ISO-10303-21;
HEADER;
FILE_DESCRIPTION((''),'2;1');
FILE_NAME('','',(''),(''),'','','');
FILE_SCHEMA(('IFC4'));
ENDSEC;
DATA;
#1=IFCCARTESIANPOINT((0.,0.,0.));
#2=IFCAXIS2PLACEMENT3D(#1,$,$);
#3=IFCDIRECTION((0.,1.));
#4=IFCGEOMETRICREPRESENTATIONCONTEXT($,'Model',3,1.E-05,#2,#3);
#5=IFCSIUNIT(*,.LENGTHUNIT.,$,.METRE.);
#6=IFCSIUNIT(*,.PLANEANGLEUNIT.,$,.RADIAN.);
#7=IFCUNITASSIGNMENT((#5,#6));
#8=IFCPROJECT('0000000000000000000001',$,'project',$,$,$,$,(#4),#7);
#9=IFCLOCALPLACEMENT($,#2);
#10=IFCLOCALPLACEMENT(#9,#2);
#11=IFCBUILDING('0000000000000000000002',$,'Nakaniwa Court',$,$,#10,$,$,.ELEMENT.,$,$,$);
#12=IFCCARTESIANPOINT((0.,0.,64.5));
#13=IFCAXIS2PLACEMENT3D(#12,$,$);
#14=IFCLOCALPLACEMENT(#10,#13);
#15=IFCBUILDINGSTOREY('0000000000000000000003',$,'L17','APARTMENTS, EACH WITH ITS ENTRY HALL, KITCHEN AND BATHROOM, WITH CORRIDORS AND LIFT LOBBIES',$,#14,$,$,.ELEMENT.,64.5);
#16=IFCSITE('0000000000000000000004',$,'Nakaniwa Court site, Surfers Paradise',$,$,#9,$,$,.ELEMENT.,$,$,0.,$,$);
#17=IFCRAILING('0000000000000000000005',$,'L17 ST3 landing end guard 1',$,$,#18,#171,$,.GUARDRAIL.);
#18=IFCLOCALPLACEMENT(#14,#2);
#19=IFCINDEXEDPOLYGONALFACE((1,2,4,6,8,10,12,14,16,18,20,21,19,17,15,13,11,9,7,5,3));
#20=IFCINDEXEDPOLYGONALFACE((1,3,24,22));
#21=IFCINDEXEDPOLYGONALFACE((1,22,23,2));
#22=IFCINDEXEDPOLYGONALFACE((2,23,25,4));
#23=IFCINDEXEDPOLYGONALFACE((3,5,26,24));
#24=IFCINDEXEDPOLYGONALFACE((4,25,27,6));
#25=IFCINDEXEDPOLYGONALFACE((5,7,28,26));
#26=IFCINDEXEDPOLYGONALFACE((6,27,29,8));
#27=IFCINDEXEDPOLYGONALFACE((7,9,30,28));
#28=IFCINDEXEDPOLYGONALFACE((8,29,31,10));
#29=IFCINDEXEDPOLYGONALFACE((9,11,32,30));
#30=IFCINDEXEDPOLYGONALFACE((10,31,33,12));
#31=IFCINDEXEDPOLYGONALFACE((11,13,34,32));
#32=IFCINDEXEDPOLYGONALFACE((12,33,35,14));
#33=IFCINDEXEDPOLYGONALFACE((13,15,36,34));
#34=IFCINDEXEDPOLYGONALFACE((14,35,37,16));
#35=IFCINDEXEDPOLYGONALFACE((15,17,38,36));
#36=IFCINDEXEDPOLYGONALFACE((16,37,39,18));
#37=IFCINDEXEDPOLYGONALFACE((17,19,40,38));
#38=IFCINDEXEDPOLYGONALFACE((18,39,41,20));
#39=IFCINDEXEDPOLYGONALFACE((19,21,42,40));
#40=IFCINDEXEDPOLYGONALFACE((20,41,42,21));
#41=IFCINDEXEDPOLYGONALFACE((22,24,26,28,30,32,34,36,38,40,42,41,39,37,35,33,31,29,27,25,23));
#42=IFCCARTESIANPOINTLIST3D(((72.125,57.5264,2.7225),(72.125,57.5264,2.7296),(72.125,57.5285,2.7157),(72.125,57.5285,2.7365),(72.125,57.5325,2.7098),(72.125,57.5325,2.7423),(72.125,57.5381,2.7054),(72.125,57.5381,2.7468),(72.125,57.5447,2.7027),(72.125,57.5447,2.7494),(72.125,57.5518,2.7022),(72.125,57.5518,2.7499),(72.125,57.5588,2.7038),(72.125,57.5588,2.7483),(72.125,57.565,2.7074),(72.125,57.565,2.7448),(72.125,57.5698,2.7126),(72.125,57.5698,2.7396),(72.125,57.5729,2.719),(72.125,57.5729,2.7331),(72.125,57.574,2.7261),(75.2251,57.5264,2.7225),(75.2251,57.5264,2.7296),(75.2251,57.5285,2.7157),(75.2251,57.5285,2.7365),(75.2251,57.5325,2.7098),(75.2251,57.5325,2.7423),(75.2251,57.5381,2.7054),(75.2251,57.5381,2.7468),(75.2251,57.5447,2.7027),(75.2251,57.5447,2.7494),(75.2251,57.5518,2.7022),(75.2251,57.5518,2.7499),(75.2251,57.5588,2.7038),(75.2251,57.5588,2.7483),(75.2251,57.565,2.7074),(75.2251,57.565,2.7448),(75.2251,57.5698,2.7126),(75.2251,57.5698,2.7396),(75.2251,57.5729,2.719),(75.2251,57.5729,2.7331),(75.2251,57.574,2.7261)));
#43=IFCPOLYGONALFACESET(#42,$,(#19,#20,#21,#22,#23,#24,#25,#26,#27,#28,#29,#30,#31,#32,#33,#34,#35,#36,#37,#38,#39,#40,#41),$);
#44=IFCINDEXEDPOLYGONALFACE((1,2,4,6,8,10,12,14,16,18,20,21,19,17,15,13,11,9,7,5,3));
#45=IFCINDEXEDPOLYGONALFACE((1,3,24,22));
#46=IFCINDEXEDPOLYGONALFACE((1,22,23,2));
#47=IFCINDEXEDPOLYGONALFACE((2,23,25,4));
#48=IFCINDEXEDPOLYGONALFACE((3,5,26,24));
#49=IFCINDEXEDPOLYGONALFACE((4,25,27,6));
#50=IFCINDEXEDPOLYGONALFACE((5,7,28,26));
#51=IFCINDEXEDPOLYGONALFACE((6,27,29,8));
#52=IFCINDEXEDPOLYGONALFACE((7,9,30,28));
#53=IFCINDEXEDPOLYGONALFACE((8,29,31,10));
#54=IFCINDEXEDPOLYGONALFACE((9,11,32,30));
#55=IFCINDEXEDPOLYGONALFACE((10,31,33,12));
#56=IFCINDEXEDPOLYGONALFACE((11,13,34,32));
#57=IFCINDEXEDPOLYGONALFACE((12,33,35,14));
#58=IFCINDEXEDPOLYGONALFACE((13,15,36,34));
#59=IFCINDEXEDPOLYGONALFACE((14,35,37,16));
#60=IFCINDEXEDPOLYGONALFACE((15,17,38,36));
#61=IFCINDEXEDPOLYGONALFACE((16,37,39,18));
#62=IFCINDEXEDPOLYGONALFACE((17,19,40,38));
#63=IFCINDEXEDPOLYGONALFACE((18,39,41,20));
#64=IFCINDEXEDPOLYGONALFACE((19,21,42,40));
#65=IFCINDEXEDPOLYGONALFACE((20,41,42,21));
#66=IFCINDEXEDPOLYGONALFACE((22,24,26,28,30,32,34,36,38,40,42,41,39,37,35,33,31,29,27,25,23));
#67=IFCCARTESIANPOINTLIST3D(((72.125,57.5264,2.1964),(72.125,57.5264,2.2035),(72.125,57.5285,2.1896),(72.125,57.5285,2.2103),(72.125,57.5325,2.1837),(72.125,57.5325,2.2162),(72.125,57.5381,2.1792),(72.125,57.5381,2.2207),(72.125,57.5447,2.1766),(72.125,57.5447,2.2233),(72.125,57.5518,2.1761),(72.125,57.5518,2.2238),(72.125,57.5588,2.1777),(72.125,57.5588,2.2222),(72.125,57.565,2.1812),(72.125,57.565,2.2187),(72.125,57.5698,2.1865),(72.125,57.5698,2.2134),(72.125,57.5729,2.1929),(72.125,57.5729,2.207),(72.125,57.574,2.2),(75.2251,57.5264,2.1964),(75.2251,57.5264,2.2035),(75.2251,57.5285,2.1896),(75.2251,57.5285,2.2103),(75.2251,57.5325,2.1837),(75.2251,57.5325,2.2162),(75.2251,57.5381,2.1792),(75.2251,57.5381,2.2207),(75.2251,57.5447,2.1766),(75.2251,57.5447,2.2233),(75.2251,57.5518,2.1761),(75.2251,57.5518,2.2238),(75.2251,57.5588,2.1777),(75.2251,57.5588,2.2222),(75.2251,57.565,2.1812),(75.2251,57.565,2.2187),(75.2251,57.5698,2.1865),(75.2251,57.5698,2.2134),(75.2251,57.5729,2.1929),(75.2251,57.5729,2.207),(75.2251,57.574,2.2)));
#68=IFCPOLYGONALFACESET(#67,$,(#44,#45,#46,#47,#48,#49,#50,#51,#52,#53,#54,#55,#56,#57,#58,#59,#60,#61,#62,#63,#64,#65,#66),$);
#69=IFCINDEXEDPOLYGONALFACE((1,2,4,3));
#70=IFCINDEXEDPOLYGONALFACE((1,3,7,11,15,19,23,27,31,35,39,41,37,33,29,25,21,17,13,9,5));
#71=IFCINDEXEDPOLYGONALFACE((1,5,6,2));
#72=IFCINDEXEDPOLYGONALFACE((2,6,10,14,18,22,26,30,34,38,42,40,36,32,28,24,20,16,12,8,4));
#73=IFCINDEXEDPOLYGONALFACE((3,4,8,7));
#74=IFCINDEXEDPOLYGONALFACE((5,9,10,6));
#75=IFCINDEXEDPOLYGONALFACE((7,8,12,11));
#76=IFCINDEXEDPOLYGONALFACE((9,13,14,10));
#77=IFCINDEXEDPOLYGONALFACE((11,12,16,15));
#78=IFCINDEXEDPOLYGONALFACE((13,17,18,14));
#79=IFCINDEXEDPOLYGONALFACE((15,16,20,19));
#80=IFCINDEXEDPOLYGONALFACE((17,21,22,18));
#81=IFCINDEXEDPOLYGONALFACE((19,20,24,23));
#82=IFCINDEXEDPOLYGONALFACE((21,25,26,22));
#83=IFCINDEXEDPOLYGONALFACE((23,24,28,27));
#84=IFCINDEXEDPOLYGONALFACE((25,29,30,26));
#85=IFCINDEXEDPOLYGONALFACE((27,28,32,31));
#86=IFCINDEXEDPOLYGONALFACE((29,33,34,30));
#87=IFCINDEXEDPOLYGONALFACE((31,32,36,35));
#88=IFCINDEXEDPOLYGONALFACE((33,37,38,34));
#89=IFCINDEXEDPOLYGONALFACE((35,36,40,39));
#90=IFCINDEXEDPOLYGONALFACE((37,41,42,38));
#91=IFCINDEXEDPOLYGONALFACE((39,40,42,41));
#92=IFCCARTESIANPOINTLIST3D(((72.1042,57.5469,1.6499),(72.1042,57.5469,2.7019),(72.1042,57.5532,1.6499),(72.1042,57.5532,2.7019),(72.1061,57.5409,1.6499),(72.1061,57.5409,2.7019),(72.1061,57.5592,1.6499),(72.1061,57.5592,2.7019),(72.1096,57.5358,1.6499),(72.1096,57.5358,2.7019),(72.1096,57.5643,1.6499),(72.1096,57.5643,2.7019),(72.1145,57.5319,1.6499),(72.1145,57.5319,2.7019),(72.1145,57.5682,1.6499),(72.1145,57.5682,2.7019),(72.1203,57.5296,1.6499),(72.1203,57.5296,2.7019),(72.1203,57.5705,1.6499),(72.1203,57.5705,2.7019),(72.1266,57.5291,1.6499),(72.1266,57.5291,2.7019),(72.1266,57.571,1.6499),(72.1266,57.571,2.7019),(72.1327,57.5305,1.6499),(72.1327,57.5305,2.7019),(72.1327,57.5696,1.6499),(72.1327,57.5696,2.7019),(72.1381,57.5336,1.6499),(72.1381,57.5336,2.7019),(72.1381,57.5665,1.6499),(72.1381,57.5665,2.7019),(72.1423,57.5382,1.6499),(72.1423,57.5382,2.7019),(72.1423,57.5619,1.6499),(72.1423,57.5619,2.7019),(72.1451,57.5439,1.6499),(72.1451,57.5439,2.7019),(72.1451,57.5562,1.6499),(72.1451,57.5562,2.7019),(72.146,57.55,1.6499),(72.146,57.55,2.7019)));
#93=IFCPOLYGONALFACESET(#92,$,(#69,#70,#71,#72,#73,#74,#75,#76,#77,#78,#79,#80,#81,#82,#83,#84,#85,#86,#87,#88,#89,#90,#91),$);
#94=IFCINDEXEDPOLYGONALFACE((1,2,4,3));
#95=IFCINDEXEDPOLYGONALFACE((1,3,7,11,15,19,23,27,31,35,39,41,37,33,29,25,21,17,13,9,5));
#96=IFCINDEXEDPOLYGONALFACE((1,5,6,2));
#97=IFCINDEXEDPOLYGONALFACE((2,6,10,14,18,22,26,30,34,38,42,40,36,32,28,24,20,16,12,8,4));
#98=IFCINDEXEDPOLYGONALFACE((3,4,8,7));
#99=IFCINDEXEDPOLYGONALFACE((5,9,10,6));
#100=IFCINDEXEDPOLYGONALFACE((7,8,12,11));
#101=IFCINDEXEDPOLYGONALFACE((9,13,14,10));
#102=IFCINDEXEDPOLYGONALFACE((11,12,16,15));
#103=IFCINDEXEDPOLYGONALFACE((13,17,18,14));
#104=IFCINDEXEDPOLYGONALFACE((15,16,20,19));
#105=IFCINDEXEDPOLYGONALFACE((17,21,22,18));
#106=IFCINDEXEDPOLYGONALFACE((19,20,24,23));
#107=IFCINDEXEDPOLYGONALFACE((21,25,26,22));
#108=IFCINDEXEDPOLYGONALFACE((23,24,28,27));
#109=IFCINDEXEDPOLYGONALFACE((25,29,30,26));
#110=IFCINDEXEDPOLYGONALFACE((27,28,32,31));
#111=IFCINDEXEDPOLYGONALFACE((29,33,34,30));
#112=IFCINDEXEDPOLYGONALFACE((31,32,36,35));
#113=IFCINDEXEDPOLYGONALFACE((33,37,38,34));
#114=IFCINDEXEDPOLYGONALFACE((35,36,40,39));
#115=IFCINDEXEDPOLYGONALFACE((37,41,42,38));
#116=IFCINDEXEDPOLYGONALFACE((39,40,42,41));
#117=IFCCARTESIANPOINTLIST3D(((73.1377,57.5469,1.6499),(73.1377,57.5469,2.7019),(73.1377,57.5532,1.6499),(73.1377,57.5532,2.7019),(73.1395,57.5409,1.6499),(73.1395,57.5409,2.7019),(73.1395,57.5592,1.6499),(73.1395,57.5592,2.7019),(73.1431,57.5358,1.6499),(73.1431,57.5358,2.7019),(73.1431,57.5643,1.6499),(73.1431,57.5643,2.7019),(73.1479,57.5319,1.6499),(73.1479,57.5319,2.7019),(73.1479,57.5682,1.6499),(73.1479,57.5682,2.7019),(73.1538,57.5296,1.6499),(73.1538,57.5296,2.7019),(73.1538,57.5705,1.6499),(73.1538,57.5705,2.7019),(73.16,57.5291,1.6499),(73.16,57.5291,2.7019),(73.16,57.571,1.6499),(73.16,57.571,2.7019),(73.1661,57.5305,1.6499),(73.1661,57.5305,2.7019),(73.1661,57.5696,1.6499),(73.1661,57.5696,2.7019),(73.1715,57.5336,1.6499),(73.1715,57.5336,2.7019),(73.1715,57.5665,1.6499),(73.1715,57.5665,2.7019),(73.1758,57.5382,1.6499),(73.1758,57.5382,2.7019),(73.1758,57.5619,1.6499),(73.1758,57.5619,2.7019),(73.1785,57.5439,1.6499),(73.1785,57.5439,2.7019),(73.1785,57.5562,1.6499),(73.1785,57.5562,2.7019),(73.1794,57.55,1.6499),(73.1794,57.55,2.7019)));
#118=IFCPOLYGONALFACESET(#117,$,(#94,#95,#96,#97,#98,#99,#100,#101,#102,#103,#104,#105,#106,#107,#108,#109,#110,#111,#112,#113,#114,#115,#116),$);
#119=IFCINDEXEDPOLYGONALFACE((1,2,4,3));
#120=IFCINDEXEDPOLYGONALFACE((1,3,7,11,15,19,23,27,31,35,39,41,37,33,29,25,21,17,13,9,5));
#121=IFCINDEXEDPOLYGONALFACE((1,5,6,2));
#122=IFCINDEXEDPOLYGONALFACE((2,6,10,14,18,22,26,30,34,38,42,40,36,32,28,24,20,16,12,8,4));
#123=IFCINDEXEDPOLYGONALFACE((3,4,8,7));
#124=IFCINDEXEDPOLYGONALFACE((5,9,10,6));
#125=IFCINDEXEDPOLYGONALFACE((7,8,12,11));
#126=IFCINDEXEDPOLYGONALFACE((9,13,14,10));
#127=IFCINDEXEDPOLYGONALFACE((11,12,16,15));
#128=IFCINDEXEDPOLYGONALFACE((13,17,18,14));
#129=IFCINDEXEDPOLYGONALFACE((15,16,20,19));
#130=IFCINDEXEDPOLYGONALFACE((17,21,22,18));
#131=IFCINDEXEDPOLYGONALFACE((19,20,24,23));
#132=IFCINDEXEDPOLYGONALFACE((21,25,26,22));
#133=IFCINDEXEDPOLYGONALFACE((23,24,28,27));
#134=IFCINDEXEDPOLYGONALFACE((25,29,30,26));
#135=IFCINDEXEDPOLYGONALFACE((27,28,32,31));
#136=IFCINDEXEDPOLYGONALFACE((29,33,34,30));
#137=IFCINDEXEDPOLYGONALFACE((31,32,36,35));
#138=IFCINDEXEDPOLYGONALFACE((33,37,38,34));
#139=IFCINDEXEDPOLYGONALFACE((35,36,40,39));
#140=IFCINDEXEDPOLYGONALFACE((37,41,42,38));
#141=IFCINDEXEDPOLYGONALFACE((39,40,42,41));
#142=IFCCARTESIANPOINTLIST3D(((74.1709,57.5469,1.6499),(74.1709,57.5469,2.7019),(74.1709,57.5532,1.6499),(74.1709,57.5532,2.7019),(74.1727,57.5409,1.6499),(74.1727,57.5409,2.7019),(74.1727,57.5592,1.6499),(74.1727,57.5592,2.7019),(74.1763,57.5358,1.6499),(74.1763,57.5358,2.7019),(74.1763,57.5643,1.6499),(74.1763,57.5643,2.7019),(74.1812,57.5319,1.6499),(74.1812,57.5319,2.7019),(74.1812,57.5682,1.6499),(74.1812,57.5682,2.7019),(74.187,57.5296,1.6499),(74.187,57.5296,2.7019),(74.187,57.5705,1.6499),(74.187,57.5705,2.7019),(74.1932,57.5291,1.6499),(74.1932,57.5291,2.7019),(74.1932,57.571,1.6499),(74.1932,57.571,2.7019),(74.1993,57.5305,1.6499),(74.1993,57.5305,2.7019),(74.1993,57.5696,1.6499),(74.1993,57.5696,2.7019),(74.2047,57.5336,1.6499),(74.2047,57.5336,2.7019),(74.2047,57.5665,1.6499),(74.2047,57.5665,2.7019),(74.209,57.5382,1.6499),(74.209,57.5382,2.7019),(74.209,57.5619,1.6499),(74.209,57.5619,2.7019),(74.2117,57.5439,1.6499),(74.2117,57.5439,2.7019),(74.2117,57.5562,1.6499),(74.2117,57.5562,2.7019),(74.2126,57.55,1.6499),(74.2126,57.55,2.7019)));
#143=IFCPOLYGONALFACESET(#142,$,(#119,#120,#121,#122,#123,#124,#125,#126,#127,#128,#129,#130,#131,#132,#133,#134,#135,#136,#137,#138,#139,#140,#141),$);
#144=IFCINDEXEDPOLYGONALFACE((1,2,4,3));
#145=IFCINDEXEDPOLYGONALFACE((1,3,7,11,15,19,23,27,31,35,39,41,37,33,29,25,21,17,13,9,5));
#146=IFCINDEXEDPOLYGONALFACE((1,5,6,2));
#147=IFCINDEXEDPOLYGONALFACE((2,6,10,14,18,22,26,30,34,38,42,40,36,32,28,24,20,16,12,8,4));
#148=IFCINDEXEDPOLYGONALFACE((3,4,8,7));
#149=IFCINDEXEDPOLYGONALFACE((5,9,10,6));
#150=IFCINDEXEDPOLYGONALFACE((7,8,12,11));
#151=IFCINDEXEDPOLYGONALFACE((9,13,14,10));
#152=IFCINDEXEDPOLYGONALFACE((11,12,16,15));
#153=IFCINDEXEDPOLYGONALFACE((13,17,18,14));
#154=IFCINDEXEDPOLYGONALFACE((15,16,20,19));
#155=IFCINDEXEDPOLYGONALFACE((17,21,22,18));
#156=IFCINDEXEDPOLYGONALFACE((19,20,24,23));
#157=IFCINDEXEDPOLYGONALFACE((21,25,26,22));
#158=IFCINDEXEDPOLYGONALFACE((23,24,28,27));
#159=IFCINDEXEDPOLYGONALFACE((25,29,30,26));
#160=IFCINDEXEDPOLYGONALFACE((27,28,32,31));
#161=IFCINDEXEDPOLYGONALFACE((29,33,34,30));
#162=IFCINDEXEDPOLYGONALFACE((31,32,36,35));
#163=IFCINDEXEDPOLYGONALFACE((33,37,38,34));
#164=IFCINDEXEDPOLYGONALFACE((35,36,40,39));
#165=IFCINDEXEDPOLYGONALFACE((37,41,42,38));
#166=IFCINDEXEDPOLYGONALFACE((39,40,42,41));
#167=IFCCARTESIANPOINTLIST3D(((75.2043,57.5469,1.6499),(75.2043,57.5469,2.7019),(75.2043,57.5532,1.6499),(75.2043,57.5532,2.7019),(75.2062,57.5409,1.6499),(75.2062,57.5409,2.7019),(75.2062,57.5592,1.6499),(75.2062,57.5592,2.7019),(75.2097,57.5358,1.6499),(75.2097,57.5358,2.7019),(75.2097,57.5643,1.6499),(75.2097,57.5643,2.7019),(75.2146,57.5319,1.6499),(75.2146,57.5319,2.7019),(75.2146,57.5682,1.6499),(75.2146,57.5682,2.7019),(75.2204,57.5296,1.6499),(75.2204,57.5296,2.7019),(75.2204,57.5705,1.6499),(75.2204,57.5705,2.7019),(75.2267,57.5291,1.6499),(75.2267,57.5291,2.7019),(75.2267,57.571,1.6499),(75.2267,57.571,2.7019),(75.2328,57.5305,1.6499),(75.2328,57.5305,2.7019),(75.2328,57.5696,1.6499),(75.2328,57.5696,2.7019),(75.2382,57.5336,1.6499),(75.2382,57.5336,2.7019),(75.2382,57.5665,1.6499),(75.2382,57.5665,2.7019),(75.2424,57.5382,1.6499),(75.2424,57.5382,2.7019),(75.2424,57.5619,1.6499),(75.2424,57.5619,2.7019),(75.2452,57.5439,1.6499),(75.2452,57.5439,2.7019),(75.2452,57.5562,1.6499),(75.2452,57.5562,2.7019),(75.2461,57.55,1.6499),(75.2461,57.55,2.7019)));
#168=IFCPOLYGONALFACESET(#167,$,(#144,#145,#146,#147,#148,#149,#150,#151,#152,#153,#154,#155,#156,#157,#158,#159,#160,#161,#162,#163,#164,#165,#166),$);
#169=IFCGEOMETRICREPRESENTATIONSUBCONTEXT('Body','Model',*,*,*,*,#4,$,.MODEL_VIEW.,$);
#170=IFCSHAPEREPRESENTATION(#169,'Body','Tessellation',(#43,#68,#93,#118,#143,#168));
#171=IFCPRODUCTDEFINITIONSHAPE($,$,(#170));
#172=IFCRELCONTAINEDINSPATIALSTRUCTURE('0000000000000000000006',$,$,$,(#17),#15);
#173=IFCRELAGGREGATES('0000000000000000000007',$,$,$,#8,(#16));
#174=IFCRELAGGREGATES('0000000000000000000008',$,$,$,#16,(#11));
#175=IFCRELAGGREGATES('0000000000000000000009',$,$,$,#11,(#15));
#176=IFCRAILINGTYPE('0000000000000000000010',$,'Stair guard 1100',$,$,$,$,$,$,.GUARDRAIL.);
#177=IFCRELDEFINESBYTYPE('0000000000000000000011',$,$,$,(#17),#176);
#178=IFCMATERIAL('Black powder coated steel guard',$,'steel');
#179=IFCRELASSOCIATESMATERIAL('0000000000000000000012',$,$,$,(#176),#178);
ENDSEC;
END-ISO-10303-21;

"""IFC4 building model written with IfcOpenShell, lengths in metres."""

from ifc_helpers import new_model, si_unit, direction, frame, origin, origin_2d, place, context, subcontext, project, spatial, circle, extrude, material, type_object, element, save


model = new_model("IFC4")

# Units and contexts
model_context = context("Model", 3, precision=1e-05, world=origin(), true_north=direction((0.0, 1.0)))
body_context = subcontext(model_context, "Body", "Model", "MODEL_VIEW")
ifc_project = project(units=[si_unit("LENGTHUNIT", "METRE"), si_unit("PLANEANGLEUNIT", "RADIAN")], contexts=[model_context])

# Site, building, storey
site_placement = place(None, origin())
site = spatial("IfcSite", under=ifc_project, at=site_placement, Name="Nakaniwa Court site, Surfers Paradise", CompositionType="ELEMENT", RefElevation=0.0)
building_placement = place(site_placement, origin())
building = spatial("IfcBuilding", under=site, at=building_placement, Name="Nakaniwa Court", CompositionType="ELEMENT")
storey_placement = place(building_placement, frame((0.0, 0.0, 64.5)))
storey = spatial("IfcBuildingStorey", under=building, at=storey_placement, Name="L17", Description="APARTMENTS, EACH WITH ITS ENTRY HALL, KITCHEN AND BATHROOM, WITH CORRIDORS AND LIFT LOBBIES", CompositionType="ELEMENT", Elevation=64.5)

# Railing
ifc_material_1 = material(Name="Black powder coated steel guard", Category="steel")
railing_type_1 = type_object("IfcRailingType", Name="Stair guard 1100", PredefinedType="GUARDRAIL", material=ifc_material_1)
railing_1_placement = place(storey_placement, frame((72.125, 57.55, 1.6499)))
element("IfcRailing", 1, at=railing_1_placement, inside=storey, type_object=railing_type_1, Name="L17 ST3 landing end guard 1", PredefinedType="GUARDRAIL", context=body_context, shape_type="SweptSolid", body=[
    extrude(circle(Radius=0.0239, at=origin_2d()), frame((0.0, 0.0, 1.0762), z_axis=(1.0, 0.0, 0.0), x_axis=(0.0, 1.0, 0.0)), (0.0, 0.0, 1.0), 3.1001),
    extrude(circle(Radius=0.0239, at=origin_2d()), frame((0.0, 0.0, 0.55), z_axis=(1.0, 0.0, 0.0), x_axis=(0.0, 1.0, 0.0)), (0.0, 0.0, 1.0), 3.1001),
    extrude(circle(Radius=0.021, at=origin_2d()), origin(), (0.0, 0.0, 1.0), 1.052),
    extrude(circle(Radius=0.021, at=origin_2d()), frame((1.0334, 0.0, 0.0)), (0.0, 0.0, 1.0), 1.052),
    extrude(circle(Radius=0.021, at=origin_2d()), frame((2.0667, 0.0, 0.0)), (0.0, 0.0, 1.0), 1.052),
    extrude(circle(Radius=0.021, at=origin_2d()), frame((3.1001, 0.0, 0.0)), (0.0, 0.0, 1.0), 1.052),
])

save(model, "model.ifc")
